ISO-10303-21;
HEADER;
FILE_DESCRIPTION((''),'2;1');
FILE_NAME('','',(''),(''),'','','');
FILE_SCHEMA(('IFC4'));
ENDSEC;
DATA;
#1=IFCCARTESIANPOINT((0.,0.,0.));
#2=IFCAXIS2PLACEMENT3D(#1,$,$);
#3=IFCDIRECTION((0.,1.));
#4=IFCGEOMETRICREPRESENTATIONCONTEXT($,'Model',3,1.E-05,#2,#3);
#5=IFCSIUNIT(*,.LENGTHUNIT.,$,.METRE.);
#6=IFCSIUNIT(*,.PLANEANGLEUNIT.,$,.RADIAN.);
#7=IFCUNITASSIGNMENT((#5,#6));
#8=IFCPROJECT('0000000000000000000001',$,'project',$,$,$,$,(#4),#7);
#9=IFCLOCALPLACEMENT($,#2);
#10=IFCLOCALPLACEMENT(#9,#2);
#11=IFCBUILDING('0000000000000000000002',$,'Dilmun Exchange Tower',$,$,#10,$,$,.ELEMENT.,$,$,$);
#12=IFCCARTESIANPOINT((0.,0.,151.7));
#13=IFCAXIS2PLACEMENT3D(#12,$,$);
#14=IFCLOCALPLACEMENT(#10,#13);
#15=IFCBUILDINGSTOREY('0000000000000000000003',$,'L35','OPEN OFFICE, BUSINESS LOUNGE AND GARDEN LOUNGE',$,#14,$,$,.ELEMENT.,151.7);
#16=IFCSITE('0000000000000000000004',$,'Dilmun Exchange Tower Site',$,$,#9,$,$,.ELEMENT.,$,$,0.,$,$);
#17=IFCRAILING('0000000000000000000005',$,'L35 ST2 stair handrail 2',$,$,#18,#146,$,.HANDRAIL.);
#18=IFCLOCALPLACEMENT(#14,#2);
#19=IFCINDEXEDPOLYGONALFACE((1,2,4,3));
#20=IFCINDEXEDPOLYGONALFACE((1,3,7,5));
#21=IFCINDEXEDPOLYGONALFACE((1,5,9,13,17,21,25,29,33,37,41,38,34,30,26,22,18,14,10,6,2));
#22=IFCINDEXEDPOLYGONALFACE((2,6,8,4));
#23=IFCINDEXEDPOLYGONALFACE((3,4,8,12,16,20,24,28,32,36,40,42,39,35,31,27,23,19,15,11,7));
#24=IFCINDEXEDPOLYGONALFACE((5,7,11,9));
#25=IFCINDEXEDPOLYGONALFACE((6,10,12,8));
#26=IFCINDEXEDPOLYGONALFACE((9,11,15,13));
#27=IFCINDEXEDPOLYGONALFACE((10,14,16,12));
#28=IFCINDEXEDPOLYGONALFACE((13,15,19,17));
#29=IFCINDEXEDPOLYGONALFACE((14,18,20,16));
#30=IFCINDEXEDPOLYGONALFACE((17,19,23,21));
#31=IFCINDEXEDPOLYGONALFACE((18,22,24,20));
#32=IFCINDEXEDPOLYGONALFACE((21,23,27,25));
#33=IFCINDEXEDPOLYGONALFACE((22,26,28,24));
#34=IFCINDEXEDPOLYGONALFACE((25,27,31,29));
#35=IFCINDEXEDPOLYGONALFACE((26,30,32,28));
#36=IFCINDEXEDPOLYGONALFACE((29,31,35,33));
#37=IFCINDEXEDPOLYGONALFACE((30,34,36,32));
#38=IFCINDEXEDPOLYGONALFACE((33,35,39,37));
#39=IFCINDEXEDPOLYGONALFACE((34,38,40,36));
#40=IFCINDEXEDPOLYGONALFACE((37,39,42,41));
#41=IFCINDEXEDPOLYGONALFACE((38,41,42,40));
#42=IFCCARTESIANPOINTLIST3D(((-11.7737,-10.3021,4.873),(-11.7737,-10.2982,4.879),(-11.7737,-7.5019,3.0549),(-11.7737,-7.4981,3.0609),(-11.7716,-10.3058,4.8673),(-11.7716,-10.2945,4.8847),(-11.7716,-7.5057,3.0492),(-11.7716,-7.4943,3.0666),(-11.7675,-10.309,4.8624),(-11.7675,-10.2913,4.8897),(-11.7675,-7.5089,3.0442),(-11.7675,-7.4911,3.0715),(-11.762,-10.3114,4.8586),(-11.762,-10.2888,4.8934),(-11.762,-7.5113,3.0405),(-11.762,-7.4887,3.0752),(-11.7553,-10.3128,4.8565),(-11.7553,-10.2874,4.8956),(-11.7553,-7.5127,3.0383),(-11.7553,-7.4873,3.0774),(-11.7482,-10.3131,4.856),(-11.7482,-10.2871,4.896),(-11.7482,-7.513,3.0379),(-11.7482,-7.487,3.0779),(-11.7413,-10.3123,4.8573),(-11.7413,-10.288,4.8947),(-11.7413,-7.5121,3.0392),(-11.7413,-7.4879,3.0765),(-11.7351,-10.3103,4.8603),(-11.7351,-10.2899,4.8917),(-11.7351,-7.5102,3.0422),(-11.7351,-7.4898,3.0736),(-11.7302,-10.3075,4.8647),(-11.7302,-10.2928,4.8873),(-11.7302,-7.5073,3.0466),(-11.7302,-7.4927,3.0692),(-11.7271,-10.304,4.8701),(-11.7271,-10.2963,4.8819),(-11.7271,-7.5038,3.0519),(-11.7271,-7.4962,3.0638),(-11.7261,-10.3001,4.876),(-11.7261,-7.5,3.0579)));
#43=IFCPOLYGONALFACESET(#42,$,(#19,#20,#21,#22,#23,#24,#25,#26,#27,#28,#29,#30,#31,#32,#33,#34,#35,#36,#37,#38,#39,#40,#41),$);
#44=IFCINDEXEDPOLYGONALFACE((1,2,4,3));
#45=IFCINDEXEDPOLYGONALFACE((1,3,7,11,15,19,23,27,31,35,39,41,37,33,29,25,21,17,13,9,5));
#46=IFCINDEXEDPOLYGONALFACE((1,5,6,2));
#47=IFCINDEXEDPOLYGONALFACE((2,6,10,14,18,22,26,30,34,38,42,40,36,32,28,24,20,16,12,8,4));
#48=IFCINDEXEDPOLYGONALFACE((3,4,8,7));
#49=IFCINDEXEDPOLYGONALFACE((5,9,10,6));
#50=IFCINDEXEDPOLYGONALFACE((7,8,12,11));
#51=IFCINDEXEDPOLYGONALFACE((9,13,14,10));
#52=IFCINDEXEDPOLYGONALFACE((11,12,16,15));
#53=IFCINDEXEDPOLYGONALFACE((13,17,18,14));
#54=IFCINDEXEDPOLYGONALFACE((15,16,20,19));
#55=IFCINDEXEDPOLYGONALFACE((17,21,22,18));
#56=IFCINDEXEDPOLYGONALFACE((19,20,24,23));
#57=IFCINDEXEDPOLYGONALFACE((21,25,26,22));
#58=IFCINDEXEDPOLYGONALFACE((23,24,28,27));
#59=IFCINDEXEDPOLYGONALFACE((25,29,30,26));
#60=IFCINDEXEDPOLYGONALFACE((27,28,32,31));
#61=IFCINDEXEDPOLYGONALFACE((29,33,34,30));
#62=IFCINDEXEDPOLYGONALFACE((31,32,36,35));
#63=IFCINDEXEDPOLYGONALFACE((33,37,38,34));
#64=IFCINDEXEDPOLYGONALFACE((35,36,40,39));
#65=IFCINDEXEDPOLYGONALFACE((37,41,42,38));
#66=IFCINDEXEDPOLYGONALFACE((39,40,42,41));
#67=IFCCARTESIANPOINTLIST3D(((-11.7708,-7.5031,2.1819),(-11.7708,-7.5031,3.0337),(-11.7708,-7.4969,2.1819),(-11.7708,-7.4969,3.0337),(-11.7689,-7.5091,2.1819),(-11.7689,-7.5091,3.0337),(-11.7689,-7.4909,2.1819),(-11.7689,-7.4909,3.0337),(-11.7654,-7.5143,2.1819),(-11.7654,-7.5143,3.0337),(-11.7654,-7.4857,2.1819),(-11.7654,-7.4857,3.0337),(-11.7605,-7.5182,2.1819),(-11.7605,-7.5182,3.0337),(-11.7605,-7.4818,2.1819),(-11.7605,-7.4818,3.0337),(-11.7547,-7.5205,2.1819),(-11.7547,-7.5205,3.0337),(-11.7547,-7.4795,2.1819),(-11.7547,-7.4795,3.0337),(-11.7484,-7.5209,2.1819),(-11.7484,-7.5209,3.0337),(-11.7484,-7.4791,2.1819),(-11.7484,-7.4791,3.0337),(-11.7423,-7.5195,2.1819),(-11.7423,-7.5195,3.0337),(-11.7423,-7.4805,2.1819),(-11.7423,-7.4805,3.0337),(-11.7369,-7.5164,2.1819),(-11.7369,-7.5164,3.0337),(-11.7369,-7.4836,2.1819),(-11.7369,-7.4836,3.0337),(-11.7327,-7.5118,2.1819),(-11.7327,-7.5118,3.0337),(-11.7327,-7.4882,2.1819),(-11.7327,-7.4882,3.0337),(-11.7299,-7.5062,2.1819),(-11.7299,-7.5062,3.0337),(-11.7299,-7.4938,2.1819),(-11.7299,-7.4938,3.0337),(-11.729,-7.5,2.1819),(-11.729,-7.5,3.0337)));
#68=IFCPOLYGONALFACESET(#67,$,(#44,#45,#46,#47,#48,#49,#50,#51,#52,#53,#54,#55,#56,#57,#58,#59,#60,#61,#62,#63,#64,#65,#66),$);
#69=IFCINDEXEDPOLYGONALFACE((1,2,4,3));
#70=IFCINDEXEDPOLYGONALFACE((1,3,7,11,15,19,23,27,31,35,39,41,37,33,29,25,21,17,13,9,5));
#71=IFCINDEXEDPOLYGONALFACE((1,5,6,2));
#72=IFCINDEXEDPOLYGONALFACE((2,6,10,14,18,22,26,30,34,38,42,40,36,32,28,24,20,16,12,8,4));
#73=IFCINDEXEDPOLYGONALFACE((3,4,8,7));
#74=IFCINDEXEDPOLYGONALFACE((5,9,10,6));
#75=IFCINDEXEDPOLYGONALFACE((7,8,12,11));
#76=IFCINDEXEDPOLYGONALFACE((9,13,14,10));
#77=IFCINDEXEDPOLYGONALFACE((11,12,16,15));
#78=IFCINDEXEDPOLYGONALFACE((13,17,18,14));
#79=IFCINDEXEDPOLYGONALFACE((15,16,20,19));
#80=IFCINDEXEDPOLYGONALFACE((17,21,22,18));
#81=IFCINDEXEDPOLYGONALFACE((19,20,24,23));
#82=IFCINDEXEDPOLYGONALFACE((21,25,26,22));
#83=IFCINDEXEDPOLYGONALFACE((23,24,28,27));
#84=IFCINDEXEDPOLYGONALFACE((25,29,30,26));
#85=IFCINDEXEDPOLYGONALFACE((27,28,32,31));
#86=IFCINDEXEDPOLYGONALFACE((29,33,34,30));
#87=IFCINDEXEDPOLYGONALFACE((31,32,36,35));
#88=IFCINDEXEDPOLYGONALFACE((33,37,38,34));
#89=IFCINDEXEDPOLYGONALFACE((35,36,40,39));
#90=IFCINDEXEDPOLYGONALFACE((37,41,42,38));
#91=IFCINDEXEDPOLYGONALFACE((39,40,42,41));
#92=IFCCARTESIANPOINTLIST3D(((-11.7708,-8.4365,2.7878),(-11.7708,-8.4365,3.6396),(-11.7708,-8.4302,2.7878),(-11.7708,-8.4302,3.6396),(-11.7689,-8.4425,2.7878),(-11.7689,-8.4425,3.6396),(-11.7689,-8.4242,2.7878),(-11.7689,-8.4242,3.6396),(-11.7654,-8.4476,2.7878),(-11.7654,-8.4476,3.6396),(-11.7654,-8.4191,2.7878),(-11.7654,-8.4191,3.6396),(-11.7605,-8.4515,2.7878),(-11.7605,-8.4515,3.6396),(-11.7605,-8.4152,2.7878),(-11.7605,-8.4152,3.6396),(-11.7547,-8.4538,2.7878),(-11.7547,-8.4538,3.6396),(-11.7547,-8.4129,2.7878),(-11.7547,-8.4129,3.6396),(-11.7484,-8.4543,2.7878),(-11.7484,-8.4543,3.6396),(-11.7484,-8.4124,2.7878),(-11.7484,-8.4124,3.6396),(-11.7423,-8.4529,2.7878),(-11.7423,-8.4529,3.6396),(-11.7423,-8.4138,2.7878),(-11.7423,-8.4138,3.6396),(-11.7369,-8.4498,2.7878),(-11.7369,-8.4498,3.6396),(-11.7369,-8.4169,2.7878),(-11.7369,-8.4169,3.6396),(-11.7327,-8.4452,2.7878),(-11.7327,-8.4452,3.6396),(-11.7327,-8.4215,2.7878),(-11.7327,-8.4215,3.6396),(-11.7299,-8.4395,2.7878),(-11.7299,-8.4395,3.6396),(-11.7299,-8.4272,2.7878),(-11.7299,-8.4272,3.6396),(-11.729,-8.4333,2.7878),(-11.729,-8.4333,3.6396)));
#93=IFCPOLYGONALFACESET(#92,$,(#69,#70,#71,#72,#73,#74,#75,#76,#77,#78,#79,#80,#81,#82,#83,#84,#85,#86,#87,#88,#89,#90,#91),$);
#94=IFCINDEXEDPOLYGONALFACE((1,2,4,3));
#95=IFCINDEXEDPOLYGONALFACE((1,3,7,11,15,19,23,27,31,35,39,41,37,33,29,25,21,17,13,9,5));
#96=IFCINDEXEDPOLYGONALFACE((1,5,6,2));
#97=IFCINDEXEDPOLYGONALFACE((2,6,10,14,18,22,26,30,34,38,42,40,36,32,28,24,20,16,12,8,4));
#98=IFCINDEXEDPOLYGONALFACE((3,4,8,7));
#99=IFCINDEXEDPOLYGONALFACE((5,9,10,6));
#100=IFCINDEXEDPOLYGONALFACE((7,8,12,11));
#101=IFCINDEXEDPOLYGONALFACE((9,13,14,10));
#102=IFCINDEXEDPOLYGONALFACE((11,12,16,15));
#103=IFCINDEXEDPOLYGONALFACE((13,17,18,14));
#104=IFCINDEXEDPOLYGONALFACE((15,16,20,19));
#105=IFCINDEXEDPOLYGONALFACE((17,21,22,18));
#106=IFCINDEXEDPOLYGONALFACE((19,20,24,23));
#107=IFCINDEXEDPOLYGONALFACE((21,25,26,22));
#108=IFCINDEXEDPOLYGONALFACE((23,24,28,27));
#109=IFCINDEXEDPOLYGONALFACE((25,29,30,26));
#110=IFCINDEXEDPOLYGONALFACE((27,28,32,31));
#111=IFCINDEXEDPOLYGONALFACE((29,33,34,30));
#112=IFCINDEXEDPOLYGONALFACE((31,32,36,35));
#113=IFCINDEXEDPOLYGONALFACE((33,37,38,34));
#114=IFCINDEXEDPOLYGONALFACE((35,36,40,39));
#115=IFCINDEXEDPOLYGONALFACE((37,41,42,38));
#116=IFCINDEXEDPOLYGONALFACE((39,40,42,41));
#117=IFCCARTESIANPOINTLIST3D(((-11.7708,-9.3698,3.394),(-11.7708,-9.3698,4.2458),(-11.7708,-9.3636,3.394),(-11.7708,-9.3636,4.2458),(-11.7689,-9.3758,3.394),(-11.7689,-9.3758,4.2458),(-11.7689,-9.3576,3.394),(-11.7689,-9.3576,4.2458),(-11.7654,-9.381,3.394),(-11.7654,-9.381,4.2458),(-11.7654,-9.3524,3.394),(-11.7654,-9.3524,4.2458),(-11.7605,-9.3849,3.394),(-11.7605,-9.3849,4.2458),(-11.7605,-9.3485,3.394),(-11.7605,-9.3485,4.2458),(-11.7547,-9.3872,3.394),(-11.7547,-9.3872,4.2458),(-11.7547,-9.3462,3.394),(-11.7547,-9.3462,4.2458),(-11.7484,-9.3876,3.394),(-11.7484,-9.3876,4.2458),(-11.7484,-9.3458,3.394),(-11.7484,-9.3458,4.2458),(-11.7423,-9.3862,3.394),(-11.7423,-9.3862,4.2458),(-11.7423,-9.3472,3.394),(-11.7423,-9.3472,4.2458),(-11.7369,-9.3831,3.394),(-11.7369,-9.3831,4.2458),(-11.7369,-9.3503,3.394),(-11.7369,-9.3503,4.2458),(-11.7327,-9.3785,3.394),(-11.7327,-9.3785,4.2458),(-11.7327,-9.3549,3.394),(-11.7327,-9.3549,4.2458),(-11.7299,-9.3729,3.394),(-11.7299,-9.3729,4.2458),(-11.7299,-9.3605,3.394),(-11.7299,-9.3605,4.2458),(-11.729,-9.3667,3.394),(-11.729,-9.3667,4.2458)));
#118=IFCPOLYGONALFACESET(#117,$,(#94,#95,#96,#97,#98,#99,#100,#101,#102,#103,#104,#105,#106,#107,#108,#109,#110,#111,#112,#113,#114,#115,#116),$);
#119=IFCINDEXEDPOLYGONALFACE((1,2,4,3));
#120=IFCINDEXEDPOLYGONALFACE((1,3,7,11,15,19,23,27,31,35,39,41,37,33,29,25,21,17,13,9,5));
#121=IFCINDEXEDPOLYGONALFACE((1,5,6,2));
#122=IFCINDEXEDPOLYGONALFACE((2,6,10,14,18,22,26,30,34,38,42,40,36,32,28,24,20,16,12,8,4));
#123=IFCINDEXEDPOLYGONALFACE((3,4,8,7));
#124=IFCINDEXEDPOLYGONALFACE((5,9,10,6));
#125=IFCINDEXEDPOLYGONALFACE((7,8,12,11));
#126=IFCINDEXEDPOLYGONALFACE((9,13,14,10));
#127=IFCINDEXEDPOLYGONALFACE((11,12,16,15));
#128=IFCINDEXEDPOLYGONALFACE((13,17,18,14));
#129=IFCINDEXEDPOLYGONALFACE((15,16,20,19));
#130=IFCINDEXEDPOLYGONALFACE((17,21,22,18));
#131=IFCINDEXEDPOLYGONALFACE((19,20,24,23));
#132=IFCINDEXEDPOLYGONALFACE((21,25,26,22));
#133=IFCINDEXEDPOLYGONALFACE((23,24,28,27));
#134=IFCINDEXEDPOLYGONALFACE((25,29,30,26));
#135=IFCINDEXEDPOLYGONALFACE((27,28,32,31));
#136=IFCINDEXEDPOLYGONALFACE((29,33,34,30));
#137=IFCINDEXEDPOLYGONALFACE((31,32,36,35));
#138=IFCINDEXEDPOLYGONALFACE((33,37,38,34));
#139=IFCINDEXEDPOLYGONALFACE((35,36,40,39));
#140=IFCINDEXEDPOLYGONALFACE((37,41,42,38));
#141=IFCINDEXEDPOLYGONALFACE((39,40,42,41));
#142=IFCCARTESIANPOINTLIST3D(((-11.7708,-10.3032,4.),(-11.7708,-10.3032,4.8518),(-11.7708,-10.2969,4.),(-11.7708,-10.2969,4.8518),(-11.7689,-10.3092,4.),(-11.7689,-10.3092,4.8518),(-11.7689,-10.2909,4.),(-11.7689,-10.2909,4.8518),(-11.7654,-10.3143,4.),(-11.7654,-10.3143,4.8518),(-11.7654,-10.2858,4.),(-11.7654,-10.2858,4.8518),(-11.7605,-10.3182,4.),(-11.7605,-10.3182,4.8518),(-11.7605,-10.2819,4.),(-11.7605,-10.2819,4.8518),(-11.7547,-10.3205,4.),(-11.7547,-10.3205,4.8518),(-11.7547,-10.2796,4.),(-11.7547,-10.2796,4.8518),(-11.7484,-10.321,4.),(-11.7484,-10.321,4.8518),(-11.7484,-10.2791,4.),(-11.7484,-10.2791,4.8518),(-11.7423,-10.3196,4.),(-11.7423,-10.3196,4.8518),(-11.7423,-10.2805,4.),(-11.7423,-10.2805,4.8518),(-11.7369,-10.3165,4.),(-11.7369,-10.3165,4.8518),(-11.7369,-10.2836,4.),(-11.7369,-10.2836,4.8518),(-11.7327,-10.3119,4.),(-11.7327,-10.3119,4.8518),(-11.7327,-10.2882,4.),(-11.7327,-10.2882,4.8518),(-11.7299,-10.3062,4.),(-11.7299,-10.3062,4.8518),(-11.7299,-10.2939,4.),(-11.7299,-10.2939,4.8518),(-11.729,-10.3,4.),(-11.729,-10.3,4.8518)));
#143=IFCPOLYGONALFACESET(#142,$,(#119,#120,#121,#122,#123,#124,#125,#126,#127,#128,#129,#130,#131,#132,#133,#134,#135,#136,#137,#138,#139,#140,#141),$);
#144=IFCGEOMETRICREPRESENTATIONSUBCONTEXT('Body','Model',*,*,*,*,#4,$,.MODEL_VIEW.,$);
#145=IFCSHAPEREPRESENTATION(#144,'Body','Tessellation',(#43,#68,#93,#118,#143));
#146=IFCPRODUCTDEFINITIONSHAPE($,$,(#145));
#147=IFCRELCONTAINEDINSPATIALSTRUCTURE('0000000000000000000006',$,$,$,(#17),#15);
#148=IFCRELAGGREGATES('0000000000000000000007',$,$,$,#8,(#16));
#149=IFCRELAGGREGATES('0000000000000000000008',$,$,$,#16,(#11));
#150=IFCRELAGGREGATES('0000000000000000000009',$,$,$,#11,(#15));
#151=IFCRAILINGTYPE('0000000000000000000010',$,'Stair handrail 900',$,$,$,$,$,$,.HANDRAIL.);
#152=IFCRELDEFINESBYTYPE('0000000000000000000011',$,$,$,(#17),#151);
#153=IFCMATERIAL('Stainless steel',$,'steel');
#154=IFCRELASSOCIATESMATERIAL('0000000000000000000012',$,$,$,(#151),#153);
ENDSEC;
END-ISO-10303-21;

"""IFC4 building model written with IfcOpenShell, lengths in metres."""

from ifc_helpers import new_model, si_unit, direction, frame, origin, origin_2d, place, context, subcontext, project, spatial, circle, extrude, material, type_object, element, save


model = new_model("IFC4")

# Units and contexts
model_context = context("Model", 3, precision=1e-05, world=origin(), true_north=direction((0.0, 1.0)))
body_context = subcontext(model_context, "Body", "Model", "MODEL_VIEW")
ifc_project = project(units=[si_unit("LENGTHUNIT", "METRE"), si_unit("PLANEANGLEUNIT", "RADIAN")], contexts=[model_context])

# Site, building, storey
site_placement = place(None, origin())
site = spatial("IfcSite", under=ifc_project, at=site_placement, Name="Dilmun Exchange Tower Site", CompositionType="ELEMENT", RefElevation=0.0)
building_placement = place(site_placement, origin())
building = spatial("IfcBuilding", under=site, at=building_placement, Name="Dilmun Exchange Tower", CompositionType="ELEMENT")
storey_placement = place(building_placement, frame((0.0, 0.0, 151.7)))
storey = spatial("IfcBuildingStorey", under=building, at=storey_placement, Name="L35", Description="OPEN OFFICE, BUSINESS LOUNGE AND GARDEN LOUNGE", CompositionType="ELEMENT", Elevation=151.7)

# Railing
ifc_material_1 = material(Name="Stainless steel", Category="steel")
railing_type = type_object("IfcRailingType", Name="Stair handrail 900", PredefinedType="HANDRAIL", material=ifc_material_1)
railing_1_placement = place(storey_placement, frame((-11.75, -7.5, 2.1819)))
element("IfcRailing", 1, at=railing_1_placement, inside=storey, type_object=railing_type, Name="L35 ST2 stair handrail 2", PredefinedType="HANDRAIL", context=body_context, shape_type="SweptSolid", body=[
    extrude(circle(Radius=0.0239, at=origin_2d()), frame((0.0, 0.0, 0.876), z_axis=(0.0, -0.838706, 0.544585), x_axis=(1.0, 0.0, 0.0)), (0.0, 0.0, 1.0), 3.3386),
    extrude(circle(Radius=0.021, at=origin_2d()), origin(), (0.0, 0.0, 1.0), 0.8518),
    extrude(circle(Radius=0.021, at=origin_2d()), frame((0.0, -0.9333, 0.606)), (0.0, 0.0, 1.0), 0.8518),
    extrude(circle(Radius=0.021, at=origin_2d()), frame((0.0, -1.8667, 1.2122)), (0.0, 0.0, 1.0), 0.8518),
    extrude(circle(Radius=0.021, at=origin_2d()), frame((0.0, -2.8, 1.8181)), (0.0, 0.0, 1.0), 0.8518),
])

save(model, "model.ifc")
